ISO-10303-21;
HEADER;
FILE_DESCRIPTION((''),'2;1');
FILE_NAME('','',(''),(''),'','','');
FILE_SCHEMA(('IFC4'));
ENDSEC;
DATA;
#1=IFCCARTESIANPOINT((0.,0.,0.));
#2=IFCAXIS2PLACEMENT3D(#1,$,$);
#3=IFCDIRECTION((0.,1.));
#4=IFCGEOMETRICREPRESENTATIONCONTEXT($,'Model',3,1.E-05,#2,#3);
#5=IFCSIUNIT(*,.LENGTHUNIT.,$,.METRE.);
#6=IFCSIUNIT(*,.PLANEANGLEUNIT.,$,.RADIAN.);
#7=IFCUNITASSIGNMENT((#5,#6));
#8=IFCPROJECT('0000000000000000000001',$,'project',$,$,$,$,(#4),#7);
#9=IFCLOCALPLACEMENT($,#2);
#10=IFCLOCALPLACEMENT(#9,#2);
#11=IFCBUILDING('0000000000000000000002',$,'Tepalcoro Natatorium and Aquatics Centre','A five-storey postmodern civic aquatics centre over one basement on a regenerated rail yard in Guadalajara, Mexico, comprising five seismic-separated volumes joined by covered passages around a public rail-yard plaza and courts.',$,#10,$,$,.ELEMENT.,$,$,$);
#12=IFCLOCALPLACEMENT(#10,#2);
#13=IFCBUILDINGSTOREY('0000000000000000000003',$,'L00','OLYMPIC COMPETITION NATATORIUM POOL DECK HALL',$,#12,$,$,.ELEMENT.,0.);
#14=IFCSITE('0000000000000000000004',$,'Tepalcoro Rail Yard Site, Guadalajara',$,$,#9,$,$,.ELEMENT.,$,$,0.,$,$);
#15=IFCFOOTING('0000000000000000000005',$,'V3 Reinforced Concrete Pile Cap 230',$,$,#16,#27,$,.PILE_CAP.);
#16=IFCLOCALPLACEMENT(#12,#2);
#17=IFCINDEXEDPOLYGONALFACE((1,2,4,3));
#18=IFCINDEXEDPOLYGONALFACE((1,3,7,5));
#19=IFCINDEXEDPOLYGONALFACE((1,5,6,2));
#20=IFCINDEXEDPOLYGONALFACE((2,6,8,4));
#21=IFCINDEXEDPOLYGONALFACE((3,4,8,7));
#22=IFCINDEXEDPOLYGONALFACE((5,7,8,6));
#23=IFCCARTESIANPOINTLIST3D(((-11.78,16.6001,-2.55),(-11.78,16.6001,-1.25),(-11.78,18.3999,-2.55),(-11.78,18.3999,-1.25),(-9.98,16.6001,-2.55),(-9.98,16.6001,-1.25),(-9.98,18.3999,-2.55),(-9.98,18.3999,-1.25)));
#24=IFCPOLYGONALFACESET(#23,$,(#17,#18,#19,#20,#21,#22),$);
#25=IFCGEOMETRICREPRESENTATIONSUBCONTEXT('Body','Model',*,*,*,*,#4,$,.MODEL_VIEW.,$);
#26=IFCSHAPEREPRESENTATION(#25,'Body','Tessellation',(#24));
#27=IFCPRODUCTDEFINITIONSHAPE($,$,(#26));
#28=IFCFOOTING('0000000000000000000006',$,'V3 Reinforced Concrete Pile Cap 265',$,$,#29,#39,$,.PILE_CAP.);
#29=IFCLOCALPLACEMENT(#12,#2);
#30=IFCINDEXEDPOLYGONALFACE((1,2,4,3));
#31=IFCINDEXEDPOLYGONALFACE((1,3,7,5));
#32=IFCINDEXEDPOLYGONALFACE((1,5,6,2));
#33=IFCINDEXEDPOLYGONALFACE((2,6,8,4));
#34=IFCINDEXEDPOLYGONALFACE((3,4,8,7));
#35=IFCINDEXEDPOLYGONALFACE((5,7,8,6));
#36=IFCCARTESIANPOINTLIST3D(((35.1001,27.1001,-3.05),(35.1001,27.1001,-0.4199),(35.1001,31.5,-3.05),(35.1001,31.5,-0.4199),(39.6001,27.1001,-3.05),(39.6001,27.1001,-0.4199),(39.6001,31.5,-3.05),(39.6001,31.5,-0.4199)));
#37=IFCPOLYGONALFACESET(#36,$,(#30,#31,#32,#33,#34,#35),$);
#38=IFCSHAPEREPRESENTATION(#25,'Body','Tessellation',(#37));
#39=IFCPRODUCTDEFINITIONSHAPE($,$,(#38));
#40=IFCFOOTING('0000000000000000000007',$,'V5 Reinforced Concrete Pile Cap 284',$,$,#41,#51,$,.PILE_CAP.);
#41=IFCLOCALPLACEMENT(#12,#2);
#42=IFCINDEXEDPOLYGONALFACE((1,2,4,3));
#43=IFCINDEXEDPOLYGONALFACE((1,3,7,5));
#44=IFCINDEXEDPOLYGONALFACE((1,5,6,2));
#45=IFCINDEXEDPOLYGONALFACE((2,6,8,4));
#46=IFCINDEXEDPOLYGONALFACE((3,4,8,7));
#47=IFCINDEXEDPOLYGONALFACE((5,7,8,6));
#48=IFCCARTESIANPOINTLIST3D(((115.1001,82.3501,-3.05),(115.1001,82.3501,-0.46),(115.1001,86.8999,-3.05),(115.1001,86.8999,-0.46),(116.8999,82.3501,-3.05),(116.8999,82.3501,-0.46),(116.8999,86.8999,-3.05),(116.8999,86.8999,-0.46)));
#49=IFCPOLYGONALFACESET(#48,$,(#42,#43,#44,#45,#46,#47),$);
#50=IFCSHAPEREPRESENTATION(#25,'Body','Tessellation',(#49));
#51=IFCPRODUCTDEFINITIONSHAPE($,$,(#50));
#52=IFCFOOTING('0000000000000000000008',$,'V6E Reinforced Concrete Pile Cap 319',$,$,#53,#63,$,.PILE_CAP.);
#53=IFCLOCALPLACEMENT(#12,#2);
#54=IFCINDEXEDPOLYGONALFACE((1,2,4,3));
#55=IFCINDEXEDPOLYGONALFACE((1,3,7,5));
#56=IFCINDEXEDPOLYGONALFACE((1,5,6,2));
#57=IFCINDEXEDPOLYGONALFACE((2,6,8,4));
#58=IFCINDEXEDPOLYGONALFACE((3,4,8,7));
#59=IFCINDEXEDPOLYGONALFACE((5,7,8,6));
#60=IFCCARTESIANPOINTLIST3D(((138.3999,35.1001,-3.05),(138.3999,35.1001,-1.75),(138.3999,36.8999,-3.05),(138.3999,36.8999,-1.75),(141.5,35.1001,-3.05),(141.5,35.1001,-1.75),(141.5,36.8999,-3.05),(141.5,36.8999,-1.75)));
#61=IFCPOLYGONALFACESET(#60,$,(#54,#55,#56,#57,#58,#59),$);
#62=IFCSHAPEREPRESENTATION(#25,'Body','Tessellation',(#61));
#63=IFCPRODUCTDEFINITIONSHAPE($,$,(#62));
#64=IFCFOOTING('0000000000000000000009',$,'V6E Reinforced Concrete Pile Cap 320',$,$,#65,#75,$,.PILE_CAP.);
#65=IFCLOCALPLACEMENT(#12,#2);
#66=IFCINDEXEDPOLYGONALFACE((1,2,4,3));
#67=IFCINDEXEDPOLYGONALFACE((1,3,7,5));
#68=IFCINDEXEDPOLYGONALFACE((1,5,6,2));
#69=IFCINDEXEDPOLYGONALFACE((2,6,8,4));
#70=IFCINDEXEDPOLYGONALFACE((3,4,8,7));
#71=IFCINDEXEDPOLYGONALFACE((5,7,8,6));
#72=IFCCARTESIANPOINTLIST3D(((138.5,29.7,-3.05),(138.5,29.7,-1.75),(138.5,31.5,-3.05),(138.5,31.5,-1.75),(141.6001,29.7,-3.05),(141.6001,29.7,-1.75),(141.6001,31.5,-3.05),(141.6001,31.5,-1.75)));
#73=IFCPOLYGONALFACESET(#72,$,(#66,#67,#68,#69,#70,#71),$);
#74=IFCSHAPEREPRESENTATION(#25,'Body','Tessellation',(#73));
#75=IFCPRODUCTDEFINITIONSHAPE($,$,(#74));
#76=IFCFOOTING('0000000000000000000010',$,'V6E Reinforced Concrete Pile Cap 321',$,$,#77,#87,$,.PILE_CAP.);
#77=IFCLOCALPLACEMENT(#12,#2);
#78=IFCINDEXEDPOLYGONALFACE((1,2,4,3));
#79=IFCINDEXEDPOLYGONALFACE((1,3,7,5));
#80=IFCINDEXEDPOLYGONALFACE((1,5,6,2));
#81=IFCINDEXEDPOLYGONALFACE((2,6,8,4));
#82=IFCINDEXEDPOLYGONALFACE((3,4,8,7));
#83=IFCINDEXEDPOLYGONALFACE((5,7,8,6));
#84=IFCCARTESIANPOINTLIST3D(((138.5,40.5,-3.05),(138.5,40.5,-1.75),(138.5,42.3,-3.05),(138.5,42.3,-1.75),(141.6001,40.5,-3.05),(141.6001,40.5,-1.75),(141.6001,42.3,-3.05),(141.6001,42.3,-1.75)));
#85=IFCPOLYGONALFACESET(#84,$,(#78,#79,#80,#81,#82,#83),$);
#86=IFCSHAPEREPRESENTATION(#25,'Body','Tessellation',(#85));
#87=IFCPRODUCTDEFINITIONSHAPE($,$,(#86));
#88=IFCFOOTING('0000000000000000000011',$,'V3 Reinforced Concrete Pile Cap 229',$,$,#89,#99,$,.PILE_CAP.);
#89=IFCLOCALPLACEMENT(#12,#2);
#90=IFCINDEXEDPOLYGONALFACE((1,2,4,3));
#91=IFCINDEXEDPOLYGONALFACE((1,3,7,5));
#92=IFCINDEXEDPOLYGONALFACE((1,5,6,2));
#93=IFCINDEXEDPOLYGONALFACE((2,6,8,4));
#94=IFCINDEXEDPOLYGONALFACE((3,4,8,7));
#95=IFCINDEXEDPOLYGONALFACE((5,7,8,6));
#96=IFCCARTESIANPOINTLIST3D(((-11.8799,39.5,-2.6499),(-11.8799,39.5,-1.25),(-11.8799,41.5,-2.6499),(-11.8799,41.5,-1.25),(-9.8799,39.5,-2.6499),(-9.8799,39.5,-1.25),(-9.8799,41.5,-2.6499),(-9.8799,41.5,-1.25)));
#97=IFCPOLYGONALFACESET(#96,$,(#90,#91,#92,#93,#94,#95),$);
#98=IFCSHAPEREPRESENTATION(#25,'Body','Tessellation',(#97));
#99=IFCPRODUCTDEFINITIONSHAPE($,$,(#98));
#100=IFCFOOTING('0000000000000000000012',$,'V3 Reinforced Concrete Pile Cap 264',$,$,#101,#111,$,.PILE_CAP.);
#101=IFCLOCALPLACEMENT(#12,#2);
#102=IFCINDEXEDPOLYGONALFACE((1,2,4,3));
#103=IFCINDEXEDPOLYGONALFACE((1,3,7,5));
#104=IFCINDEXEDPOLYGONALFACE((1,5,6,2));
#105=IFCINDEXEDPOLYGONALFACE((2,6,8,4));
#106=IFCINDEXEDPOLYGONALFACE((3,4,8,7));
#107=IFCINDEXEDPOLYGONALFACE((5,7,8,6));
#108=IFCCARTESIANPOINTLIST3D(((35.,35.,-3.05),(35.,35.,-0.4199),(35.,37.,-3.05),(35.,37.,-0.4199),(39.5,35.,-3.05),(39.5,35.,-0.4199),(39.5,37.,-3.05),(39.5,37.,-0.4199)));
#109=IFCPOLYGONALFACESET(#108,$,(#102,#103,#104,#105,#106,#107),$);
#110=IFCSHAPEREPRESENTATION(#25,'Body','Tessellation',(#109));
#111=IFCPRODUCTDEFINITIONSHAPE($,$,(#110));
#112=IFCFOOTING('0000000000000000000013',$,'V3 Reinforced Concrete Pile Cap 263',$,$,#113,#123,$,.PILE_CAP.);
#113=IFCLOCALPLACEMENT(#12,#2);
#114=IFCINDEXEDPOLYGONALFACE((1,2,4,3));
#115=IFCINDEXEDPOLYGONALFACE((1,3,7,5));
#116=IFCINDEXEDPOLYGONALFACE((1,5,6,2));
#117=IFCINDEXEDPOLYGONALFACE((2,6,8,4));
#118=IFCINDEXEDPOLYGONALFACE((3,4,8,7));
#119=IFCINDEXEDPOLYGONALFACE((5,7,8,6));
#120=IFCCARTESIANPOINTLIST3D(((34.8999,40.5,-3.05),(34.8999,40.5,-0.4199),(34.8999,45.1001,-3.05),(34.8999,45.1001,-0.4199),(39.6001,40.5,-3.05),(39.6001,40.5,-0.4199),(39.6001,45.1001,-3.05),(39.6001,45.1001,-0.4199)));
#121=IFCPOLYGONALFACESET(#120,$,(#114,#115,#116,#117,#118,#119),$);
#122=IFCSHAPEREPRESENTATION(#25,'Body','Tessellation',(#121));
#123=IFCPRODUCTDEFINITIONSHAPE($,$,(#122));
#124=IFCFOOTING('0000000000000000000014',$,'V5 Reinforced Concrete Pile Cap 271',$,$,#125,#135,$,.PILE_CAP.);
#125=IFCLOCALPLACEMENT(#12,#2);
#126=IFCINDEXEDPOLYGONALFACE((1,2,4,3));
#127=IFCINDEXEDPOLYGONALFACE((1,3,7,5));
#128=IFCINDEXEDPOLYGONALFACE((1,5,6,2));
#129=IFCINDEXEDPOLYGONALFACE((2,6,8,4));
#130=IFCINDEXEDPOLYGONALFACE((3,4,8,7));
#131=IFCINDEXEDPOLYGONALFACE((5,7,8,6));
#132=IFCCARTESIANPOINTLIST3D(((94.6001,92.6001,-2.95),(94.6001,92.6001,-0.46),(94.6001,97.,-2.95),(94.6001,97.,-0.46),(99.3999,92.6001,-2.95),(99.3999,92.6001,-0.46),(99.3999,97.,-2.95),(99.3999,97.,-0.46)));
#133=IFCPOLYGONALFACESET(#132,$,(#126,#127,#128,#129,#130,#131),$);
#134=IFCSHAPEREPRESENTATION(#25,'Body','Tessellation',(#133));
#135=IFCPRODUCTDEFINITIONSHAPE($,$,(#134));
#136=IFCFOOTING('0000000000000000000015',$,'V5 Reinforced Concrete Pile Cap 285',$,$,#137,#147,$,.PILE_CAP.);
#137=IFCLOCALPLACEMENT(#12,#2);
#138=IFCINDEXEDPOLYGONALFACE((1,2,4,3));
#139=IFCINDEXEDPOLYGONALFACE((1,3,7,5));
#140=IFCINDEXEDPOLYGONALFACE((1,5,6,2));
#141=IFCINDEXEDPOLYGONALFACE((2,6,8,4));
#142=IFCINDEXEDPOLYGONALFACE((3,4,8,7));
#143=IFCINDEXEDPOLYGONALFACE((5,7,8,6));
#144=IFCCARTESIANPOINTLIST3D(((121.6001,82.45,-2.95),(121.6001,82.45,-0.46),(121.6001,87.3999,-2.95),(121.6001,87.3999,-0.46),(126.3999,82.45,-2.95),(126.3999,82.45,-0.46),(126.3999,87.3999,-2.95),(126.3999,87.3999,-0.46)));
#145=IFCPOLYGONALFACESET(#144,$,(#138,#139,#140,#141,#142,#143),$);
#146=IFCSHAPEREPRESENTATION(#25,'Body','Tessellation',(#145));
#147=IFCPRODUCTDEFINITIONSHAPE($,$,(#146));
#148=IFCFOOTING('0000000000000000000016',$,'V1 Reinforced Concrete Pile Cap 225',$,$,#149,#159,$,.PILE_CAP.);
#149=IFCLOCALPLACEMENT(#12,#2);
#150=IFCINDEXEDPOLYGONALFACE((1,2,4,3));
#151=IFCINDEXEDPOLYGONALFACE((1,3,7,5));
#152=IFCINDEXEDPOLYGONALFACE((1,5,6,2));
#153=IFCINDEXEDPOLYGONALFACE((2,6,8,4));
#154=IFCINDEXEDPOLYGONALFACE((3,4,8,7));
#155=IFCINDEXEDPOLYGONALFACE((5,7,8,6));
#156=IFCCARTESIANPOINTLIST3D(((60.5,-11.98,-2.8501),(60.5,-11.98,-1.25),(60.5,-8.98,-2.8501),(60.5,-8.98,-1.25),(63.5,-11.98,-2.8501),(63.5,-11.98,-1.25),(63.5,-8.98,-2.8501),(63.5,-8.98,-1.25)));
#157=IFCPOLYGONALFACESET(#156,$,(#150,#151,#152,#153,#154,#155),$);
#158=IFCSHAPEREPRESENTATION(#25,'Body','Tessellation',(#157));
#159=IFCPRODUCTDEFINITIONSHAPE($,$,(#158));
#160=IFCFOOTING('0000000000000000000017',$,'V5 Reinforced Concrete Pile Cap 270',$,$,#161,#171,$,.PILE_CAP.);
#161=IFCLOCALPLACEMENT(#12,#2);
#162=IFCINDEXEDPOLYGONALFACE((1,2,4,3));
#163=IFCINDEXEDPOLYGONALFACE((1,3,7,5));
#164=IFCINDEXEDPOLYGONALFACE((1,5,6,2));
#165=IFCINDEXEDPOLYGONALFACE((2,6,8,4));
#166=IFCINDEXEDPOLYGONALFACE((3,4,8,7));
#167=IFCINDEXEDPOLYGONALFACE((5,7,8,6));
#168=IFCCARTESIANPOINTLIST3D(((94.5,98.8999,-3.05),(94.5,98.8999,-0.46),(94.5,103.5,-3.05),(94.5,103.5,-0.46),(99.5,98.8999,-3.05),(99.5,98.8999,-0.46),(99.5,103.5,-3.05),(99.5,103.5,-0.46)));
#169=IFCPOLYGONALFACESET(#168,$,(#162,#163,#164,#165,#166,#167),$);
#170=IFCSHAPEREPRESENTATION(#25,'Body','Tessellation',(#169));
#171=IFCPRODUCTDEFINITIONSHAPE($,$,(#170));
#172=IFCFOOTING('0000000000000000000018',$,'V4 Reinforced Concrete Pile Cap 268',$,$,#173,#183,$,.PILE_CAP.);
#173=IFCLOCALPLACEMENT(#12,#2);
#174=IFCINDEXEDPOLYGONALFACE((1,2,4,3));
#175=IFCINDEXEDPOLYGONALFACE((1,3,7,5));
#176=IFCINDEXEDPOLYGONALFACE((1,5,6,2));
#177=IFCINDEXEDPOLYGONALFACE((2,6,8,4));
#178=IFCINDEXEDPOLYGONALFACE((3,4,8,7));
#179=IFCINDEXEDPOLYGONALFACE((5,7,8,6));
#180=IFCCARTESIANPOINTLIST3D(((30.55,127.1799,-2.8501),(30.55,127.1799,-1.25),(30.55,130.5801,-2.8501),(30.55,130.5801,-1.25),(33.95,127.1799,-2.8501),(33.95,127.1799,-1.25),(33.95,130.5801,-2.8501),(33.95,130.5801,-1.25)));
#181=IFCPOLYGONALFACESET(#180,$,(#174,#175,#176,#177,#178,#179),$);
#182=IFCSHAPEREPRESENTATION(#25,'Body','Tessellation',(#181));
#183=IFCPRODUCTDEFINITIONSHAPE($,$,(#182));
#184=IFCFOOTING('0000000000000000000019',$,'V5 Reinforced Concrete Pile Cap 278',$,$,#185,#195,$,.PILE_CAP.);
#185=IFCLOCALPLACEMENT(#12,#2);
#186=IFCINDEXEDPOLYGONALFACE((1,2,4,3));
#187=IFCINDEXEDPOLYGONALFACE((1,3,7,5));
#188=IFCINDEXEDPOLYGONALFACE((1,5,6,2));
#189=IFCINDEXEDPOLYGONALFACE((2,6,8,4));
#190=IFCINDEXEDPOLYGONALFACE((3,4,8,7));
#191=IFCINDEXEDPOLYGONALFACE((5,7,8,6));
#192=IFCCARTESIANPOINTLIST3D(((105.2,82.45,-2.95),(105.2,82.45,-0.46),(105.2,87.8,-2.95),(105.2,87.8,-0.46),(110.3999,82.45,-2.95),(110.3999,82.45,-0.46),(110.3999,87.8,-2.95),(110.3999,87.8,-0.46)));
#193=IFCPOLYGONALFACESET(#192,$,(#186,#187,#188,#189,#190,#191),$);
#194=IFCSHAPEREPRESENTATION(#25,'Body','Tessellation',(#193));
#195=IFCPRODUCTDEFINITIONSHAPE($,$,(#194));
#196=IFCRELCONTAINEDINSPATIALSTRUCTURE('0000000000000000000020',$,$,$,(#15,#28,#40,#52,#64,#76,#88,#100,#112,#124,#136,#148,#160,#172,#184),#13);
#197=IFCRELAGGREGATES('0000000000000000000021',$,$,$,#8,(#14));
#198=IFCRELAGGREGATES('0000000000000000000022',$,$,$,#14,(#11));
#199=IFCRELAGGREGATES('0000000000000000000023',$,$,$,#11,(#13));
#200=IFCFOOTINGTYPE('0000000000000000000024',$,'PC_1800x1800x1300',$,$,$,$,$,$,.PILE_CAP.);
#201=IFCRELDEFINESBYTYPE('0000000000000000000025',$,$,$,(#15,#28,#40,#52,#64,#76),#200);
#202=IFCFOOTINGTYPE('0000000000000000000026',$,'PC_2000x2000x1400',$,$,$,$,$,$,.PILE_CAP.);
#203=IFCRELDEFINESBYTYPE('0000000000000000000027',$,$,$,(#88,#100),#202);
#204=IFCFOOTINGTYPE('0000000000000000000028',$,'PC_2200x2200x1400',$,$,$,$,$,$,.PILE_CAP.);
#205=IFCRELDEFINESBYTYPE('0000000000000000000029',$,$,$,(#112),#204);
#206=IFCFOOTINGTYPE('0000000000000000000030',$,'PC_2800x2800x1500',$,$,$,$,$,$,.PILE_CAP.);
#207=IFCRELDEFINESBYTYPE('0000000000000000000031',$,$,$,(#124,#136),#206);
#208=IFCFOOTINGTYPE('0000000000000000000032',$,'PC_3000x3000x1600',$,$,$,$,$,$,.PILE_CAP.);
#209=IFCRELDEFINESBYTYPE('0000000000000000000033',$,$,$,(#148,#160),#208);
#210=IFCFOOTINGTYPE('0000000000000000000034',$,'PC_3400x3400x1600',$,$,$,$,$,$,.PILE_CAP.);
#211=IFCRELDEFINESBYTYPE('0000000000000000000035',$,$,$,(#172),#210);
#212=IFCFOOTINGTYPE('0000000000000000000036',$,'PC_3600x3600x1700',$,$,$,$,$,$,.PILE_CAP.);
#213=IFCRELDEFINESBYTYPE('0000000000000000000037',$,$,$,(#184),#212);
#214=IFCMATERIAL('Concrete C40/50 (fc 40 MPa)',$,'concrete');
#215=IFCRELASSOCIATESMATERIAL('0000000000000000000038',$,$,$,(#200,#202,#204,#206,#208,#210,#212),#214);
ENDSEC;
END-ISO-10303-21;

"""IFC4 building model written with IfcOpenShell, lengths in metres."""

from ifc_helpers import new_model, si_unit, direction, frame, origin, place, context, subcontext, project, spatial, polyline, outline, extrude, material, type_object, element, save


model = new_model("IFC4")

# Units and contexts
model_context = context("Model", 3, precision=1e-05, world=origin(), true_north=direction((0.0, 1.0)))
body_context = subcontext(model_context, "Body", "Model", "MODEL_VIEW")
ifc_project = project(units=[si_unit("LENGTHUNIT", "METRE"), si_unit("PLANEANGLEUNIT", "RADIAN")], contexts=[model_context])

# Site, building, storey
site_placement = place(None, origin())
site = spatial("IfcSite", under=ifc_project, at=site_placement, Name="Tepalcoro Rail Yard Site, Guadalajara", CompositionType="ELEMENT", RefElevation=0.0)
building_placement = place(site_placement, origin())
building = spatial("IfcBuilding", under=site, at=building_placement, Name="Tepalcoro Natatorium and Aquatics Centre", Description="A five-storey postmodern civic aquatics centre over one basement on a regenerated rail yard in Guadalajara, Mexico, comprising five seismic-separated volumes joined by covered passages around a public rail-yard plaza and courts.", CompositionType="ELEMENT")
storey_placement = place(building_placement, origin())
storey = spatial("IfcBuildingStorey", under=building, at=storey_placement, Name="L00", Description="OLYMPIC COMPETITION NATATORIUM POOL DECK HALL", CompositionType="ELEMENT", Elevation=0.0)

# Footings
ifc_material = material(Name="Concrete C40/50 (fc 40 MPa)", Category="concrete")
footing_type_1 = type_object("IfcFootingType", Name="PC_1800x1800x1300", PredefinedType="PILE_CAP", material=ifc_material)
footing_1_placement = place(storey_placement, frame((0.0, 0.0, -2.55)))
element("IfcFooting", 1, at=footing_1_placement, inside=storey, type_object=footing_type_1, Name="V3 Reinforced Concrete Pile Cap 230", PredefinedType="PILE_CAP", context=body_context, shape_type="SweptSolid", body=[
    extrude(outline(polyline([(-11.78, 16.6001), (-9.98, 16.6001), (-9.98, 18.3999), (-11.78, 18.3999), (-11.78, 16.6001)])), origin(), (0.0, 0.0, 1.0), 1.3),
])
footing_2_placement = place(storey_placement, frame((0.0, 0.0, -3.05)))
element("IfcFooting", 2, at=footing_2_placement, inside=storey, type_object=footing_type_1, Name="V3 Reinforced Concrete Pile Cap 265", PredefinedType="PILE_CAP", context=body_context, shape_type="SweptSolid", body=[
    extrude(outline(polyline([(35.1001, 27.1001), (39.6001, 27.1001), (39.6001, 31.5), (35.1001, 31.5), (35.1001, 27.1001)])), origin(), (0.0, 0.0, 1.0), 2.6301),
])
footing_3_placement = place(storey_placement, frame((0.0, 0.0, -3.05)))
element("IfcFooting", 3, at=footing_3_placement, inside=storey, type_object=footing_type_1, Name="V5 Reinforced Concrete Pile Cap 284", PredefinedType="PILE_CAP", context=body_context, shape_type="SweptSolid", body=[
    extrude(outline(polyline([(115.1001, 82.3501), (116.8999, 82.3501), (116.8999, 86.8999), (115.1001, 86.8999), (115.1001, 82.3501)])), origin(), (0.0, 0.0, 1.0), 2.5901),
])
footing_4_placement = place(storey_placement, frame((0.0, 0.0, -3.05)))
element("IfcFooting", 4, at=footing_4_placement, inside=storey, type_object=footing_type_1, Name="V6E Reinforced Concrete Pile Cap 319", PredefinedType="PILE_CAP", context=body_context, shape_type="SweptSolid", body=[
    extrude(outline(polyline([(138.3999, 35.1001), (141.5, 35.1001), (141.5, 36.8999), (138.3999, 36.8999), (138.3999, 35.1001)])), origin(), (0.0, 0.0, 1.0), 1.3),
])
footing_5_placement = place(storey_placement, frame((0.0, 0.0, -3.05)))
element("IfcFooting", 5, at=footing_5_placement, inside=storey, type_object=footing_type_1, Name="V6E Reinforced Concrete Pile Cap 320", PredefinedType="PILE_CAP", context=body_context, shape_type="SweptSolid", body=[
    extrude(outline(polyline([(138.5, 29.7), (141.6001, 29.7), (141.6001, 31.5), (138.5, 31.5), (138.5, 29.7)])), origin(), (0.0, 0.0, 1.0), 1.3),
])
footing_6_placement = place(storey_placement, frame((0.0, 0.0, -3.05)))
element("IfcFooting", 6, at=footing_6_placement, inside=storey, type_object=footing_type_1, Name="V6E Reinforced Concrete Pile Cap 321", PredefinedType="PILE_CAP", context=body_context, shape_type="SweptSolid", body=[
    extrude(outline(polyline([(138.5, 40.5), (141.6001, 40.5), (141.6001, 42.3), (138.5, 42.3), (138.5, 40.5)])), origin(), (0.0, 0.0, 1.0), 1.3),
])
footing_type_2 = type_object("IfcFootingType", Name="PC_2000x2000x1400", PredefinedType="PILE_CAP", material=ifc_material)
footing_7_placement = place(storey_placement, frame((0.0, 0.0, -2.6499)))
element("IfcFooting", 7, at=footing_7_placement, inside=storey, type_object=footing_type_2, Name="V3 Reinforced Concrete Pile Cap 229", PredefinedType="PILE_CAP", context=body_context, shape_type="SweptSolid", body=[
    extrude(outline(polyline([(-11.8799, 39.5), (-9.8799, 39.5), (-9.8799, 41.5), (-11.8799, 41.5), (-11.8799, 39.5)])), origin(), (0.0, 0.0, 1.0), 1.3999),
])
footing_8_placement = place(storey_placement, frame((0.0, 0.0, -3.05)))
element("IfcFooting", 8, at=footing_8_placement, inside=storey, type_object=footing_type_2, Name="V3 Reinforced Concrete Pile Cap 264", PredefinedType="PILE_CAP", context=body_context, shape_type="SweptSolid", body=[
    extrude(outline(polyline([(35.0, 35.0), (39.5, 35.0), (39.5, 37.0), (35.0, 37.0), (35.0, 35.0)])), origin(), (0.0, 0.0, 1.0), 2.6301),
])
footing_type_3 = type_object("IfcFootingType", Name="PC_2200x2200x1400", PredefinedType="PILE_CAP", material=ifc_material)
footing_9_placement = place(storey_placement, frame((0.0, 0.0, -3.05)))
element("IfcFooting", 9, at=footing_9_placement, inside=storey, type_object=footing_type_3, Name="V3 Reinforced Concrete Pile Cap 263", PredefinedType="PILE_CAP", context=body_context, shape_type="SweptSolid", body=[
    extrude(outline(polyline([(34.8999, 40.5), (39.6001, 40.5), (39.6001, 45.1001), (34.8999, 45.1001), (34.8999, 40.5)])), origin(), (0.0, 0.0, 1.0), 2.6301),
])
footing_type_4 = type_object("IfcFootingType", Name="PC_2800x2800x1500", PredefinedType="PILE_CAP", material=ifc_material)
footing_10_placement = place(storey_placement, frame((0.0, 0.0, -2.95)))
element("IfcFooting", 10, at=footing_10_placement, inside=storey, type_object=footing_type_4, Name="V5 Reinforced Concrete Pile Cap 271", PredefinedType="PILE_CAP", context=body_context, shape_type="SweptSolid", body=[
    extrude(outline(polyline([(94.6001, 92.6001), (99.3999, 92.6001), (99.3999, 97.0), (94.6001, 97.0), (94.6001, 92.6001)])), origin(), (0.0, 0.0, 1.0), 2.49),
])
footing_11_placement = place(storey_placement, frame((0.0, 0.0, -2.95)))
element("IfcFooting", 11, at=footing_11_placement, inside=storey, type_object=footing_type_4, Name="V5 Reinforced Concrete Pile Cap 285", PredefinedType="PILE_CAP", context=body_context, shape_type="SweptSolid", body=[
    extrude(outline(polyline([(121.6001, 82.45), (126.3999, 82.45), (126.3999, 87.3999), (121.6001, 87.3999), (121.6001, 82.45)])), origin(), (0.0, 0.0, 1.0), 2.49),
])
footing_type_5 = type_object("IfcFootingType", Name="PC_3000x3000x1600", PredefinedType="PILE_CAP", material=ifc_material)
footing_12_placement = place(storey_placement, frame((0.0, 0.0, -2.8501)))
element("IfcFooting", 12, at=footing_12_placement, inside=storey, type_object=footing_type_5, Name="V1 Reinforced Concrete Pile Cap 225", PredefinedType="PILE_CAP", context=body_context, shape_type="SweptSolid", body=[
    extrude(outline(polyline([(60.5, -11.98), (63.5, -11.98), (63.5, -8.98), (60.5, -8.98), (60.5, -11.98)])), origin(), (0.0, 0.0, 1.0), 1.6001),
])
footing_13_placement = place(storey_placement, frame((0.0, 0.0, -3.05)))
element("IfcFooting", 13, at=footing_13_placement, inside=storey, type_object=footing_type_5, Name="V5 Reinforced Concrete Pile Cap 270", PredefinedType="PILE_CAP", context=body_context, shape_type="SweptSolid", body=[
    extrude(outline(polyline([(94.5, 98.8999), (99.5, 98.8999), (99.5, 103.5), (94.5, 103.5), (94.5, 98.8999)])), origin(), (0.0, 0.0, 1.0), 2.5901),
])
footing_type_6 = type_object("IfcFootingType", Name="PC_3400x3400x1600", PredefinedType="PILE_CAP", material=ifc_material)
footing_14_placement = place(storey_placement, frame((0.0, 0.0, -2.8501)))
element("IfcFooting", 14, at=footing_14_placement, inside=storey, type_object=footing_type_6, Name="V4 Reinforced Concrete Pile Cap 268", PredefinedType="PILE_CAP", context=body_context, shape_type="SweptSolid", body=[
    extrude(outline(polyline([(30.55, 127.1799), (33.95, 127.1799), (33.95, 130.5801), (30.55, 130.5801), (30.55, 127.1799)])), origin(), (0.0, 0.0, 1.0), 1.6001),
])
footing_type_7 = type_object("IfcFootingType", Name="PC_3600x3600x1700", PredefinedType="PILE_CAP", material=ifc_material)
footing_15_placement = place(storey_placement, frame((0.0, 0.0, -2.95)))
element("IfcFooting", 15, at=footing_15_placement, inside=storey, type_object=footing_type_7, Name="V5 Reinforced Concrete Pile Cap 278", PredefinedType="PILE_CAP", context=body_context, shape_type="SweptSolid", body=[
    extrude(outline(polyline([(105.2, 82.45), (110.3999, 82.45), (110.3999, 87.8), (105.2, 87.8), (105.2, 82.45)])), origin(), (0.0, 0.0, 1.0), 2.49),
])

save(model, "model.ifc")
